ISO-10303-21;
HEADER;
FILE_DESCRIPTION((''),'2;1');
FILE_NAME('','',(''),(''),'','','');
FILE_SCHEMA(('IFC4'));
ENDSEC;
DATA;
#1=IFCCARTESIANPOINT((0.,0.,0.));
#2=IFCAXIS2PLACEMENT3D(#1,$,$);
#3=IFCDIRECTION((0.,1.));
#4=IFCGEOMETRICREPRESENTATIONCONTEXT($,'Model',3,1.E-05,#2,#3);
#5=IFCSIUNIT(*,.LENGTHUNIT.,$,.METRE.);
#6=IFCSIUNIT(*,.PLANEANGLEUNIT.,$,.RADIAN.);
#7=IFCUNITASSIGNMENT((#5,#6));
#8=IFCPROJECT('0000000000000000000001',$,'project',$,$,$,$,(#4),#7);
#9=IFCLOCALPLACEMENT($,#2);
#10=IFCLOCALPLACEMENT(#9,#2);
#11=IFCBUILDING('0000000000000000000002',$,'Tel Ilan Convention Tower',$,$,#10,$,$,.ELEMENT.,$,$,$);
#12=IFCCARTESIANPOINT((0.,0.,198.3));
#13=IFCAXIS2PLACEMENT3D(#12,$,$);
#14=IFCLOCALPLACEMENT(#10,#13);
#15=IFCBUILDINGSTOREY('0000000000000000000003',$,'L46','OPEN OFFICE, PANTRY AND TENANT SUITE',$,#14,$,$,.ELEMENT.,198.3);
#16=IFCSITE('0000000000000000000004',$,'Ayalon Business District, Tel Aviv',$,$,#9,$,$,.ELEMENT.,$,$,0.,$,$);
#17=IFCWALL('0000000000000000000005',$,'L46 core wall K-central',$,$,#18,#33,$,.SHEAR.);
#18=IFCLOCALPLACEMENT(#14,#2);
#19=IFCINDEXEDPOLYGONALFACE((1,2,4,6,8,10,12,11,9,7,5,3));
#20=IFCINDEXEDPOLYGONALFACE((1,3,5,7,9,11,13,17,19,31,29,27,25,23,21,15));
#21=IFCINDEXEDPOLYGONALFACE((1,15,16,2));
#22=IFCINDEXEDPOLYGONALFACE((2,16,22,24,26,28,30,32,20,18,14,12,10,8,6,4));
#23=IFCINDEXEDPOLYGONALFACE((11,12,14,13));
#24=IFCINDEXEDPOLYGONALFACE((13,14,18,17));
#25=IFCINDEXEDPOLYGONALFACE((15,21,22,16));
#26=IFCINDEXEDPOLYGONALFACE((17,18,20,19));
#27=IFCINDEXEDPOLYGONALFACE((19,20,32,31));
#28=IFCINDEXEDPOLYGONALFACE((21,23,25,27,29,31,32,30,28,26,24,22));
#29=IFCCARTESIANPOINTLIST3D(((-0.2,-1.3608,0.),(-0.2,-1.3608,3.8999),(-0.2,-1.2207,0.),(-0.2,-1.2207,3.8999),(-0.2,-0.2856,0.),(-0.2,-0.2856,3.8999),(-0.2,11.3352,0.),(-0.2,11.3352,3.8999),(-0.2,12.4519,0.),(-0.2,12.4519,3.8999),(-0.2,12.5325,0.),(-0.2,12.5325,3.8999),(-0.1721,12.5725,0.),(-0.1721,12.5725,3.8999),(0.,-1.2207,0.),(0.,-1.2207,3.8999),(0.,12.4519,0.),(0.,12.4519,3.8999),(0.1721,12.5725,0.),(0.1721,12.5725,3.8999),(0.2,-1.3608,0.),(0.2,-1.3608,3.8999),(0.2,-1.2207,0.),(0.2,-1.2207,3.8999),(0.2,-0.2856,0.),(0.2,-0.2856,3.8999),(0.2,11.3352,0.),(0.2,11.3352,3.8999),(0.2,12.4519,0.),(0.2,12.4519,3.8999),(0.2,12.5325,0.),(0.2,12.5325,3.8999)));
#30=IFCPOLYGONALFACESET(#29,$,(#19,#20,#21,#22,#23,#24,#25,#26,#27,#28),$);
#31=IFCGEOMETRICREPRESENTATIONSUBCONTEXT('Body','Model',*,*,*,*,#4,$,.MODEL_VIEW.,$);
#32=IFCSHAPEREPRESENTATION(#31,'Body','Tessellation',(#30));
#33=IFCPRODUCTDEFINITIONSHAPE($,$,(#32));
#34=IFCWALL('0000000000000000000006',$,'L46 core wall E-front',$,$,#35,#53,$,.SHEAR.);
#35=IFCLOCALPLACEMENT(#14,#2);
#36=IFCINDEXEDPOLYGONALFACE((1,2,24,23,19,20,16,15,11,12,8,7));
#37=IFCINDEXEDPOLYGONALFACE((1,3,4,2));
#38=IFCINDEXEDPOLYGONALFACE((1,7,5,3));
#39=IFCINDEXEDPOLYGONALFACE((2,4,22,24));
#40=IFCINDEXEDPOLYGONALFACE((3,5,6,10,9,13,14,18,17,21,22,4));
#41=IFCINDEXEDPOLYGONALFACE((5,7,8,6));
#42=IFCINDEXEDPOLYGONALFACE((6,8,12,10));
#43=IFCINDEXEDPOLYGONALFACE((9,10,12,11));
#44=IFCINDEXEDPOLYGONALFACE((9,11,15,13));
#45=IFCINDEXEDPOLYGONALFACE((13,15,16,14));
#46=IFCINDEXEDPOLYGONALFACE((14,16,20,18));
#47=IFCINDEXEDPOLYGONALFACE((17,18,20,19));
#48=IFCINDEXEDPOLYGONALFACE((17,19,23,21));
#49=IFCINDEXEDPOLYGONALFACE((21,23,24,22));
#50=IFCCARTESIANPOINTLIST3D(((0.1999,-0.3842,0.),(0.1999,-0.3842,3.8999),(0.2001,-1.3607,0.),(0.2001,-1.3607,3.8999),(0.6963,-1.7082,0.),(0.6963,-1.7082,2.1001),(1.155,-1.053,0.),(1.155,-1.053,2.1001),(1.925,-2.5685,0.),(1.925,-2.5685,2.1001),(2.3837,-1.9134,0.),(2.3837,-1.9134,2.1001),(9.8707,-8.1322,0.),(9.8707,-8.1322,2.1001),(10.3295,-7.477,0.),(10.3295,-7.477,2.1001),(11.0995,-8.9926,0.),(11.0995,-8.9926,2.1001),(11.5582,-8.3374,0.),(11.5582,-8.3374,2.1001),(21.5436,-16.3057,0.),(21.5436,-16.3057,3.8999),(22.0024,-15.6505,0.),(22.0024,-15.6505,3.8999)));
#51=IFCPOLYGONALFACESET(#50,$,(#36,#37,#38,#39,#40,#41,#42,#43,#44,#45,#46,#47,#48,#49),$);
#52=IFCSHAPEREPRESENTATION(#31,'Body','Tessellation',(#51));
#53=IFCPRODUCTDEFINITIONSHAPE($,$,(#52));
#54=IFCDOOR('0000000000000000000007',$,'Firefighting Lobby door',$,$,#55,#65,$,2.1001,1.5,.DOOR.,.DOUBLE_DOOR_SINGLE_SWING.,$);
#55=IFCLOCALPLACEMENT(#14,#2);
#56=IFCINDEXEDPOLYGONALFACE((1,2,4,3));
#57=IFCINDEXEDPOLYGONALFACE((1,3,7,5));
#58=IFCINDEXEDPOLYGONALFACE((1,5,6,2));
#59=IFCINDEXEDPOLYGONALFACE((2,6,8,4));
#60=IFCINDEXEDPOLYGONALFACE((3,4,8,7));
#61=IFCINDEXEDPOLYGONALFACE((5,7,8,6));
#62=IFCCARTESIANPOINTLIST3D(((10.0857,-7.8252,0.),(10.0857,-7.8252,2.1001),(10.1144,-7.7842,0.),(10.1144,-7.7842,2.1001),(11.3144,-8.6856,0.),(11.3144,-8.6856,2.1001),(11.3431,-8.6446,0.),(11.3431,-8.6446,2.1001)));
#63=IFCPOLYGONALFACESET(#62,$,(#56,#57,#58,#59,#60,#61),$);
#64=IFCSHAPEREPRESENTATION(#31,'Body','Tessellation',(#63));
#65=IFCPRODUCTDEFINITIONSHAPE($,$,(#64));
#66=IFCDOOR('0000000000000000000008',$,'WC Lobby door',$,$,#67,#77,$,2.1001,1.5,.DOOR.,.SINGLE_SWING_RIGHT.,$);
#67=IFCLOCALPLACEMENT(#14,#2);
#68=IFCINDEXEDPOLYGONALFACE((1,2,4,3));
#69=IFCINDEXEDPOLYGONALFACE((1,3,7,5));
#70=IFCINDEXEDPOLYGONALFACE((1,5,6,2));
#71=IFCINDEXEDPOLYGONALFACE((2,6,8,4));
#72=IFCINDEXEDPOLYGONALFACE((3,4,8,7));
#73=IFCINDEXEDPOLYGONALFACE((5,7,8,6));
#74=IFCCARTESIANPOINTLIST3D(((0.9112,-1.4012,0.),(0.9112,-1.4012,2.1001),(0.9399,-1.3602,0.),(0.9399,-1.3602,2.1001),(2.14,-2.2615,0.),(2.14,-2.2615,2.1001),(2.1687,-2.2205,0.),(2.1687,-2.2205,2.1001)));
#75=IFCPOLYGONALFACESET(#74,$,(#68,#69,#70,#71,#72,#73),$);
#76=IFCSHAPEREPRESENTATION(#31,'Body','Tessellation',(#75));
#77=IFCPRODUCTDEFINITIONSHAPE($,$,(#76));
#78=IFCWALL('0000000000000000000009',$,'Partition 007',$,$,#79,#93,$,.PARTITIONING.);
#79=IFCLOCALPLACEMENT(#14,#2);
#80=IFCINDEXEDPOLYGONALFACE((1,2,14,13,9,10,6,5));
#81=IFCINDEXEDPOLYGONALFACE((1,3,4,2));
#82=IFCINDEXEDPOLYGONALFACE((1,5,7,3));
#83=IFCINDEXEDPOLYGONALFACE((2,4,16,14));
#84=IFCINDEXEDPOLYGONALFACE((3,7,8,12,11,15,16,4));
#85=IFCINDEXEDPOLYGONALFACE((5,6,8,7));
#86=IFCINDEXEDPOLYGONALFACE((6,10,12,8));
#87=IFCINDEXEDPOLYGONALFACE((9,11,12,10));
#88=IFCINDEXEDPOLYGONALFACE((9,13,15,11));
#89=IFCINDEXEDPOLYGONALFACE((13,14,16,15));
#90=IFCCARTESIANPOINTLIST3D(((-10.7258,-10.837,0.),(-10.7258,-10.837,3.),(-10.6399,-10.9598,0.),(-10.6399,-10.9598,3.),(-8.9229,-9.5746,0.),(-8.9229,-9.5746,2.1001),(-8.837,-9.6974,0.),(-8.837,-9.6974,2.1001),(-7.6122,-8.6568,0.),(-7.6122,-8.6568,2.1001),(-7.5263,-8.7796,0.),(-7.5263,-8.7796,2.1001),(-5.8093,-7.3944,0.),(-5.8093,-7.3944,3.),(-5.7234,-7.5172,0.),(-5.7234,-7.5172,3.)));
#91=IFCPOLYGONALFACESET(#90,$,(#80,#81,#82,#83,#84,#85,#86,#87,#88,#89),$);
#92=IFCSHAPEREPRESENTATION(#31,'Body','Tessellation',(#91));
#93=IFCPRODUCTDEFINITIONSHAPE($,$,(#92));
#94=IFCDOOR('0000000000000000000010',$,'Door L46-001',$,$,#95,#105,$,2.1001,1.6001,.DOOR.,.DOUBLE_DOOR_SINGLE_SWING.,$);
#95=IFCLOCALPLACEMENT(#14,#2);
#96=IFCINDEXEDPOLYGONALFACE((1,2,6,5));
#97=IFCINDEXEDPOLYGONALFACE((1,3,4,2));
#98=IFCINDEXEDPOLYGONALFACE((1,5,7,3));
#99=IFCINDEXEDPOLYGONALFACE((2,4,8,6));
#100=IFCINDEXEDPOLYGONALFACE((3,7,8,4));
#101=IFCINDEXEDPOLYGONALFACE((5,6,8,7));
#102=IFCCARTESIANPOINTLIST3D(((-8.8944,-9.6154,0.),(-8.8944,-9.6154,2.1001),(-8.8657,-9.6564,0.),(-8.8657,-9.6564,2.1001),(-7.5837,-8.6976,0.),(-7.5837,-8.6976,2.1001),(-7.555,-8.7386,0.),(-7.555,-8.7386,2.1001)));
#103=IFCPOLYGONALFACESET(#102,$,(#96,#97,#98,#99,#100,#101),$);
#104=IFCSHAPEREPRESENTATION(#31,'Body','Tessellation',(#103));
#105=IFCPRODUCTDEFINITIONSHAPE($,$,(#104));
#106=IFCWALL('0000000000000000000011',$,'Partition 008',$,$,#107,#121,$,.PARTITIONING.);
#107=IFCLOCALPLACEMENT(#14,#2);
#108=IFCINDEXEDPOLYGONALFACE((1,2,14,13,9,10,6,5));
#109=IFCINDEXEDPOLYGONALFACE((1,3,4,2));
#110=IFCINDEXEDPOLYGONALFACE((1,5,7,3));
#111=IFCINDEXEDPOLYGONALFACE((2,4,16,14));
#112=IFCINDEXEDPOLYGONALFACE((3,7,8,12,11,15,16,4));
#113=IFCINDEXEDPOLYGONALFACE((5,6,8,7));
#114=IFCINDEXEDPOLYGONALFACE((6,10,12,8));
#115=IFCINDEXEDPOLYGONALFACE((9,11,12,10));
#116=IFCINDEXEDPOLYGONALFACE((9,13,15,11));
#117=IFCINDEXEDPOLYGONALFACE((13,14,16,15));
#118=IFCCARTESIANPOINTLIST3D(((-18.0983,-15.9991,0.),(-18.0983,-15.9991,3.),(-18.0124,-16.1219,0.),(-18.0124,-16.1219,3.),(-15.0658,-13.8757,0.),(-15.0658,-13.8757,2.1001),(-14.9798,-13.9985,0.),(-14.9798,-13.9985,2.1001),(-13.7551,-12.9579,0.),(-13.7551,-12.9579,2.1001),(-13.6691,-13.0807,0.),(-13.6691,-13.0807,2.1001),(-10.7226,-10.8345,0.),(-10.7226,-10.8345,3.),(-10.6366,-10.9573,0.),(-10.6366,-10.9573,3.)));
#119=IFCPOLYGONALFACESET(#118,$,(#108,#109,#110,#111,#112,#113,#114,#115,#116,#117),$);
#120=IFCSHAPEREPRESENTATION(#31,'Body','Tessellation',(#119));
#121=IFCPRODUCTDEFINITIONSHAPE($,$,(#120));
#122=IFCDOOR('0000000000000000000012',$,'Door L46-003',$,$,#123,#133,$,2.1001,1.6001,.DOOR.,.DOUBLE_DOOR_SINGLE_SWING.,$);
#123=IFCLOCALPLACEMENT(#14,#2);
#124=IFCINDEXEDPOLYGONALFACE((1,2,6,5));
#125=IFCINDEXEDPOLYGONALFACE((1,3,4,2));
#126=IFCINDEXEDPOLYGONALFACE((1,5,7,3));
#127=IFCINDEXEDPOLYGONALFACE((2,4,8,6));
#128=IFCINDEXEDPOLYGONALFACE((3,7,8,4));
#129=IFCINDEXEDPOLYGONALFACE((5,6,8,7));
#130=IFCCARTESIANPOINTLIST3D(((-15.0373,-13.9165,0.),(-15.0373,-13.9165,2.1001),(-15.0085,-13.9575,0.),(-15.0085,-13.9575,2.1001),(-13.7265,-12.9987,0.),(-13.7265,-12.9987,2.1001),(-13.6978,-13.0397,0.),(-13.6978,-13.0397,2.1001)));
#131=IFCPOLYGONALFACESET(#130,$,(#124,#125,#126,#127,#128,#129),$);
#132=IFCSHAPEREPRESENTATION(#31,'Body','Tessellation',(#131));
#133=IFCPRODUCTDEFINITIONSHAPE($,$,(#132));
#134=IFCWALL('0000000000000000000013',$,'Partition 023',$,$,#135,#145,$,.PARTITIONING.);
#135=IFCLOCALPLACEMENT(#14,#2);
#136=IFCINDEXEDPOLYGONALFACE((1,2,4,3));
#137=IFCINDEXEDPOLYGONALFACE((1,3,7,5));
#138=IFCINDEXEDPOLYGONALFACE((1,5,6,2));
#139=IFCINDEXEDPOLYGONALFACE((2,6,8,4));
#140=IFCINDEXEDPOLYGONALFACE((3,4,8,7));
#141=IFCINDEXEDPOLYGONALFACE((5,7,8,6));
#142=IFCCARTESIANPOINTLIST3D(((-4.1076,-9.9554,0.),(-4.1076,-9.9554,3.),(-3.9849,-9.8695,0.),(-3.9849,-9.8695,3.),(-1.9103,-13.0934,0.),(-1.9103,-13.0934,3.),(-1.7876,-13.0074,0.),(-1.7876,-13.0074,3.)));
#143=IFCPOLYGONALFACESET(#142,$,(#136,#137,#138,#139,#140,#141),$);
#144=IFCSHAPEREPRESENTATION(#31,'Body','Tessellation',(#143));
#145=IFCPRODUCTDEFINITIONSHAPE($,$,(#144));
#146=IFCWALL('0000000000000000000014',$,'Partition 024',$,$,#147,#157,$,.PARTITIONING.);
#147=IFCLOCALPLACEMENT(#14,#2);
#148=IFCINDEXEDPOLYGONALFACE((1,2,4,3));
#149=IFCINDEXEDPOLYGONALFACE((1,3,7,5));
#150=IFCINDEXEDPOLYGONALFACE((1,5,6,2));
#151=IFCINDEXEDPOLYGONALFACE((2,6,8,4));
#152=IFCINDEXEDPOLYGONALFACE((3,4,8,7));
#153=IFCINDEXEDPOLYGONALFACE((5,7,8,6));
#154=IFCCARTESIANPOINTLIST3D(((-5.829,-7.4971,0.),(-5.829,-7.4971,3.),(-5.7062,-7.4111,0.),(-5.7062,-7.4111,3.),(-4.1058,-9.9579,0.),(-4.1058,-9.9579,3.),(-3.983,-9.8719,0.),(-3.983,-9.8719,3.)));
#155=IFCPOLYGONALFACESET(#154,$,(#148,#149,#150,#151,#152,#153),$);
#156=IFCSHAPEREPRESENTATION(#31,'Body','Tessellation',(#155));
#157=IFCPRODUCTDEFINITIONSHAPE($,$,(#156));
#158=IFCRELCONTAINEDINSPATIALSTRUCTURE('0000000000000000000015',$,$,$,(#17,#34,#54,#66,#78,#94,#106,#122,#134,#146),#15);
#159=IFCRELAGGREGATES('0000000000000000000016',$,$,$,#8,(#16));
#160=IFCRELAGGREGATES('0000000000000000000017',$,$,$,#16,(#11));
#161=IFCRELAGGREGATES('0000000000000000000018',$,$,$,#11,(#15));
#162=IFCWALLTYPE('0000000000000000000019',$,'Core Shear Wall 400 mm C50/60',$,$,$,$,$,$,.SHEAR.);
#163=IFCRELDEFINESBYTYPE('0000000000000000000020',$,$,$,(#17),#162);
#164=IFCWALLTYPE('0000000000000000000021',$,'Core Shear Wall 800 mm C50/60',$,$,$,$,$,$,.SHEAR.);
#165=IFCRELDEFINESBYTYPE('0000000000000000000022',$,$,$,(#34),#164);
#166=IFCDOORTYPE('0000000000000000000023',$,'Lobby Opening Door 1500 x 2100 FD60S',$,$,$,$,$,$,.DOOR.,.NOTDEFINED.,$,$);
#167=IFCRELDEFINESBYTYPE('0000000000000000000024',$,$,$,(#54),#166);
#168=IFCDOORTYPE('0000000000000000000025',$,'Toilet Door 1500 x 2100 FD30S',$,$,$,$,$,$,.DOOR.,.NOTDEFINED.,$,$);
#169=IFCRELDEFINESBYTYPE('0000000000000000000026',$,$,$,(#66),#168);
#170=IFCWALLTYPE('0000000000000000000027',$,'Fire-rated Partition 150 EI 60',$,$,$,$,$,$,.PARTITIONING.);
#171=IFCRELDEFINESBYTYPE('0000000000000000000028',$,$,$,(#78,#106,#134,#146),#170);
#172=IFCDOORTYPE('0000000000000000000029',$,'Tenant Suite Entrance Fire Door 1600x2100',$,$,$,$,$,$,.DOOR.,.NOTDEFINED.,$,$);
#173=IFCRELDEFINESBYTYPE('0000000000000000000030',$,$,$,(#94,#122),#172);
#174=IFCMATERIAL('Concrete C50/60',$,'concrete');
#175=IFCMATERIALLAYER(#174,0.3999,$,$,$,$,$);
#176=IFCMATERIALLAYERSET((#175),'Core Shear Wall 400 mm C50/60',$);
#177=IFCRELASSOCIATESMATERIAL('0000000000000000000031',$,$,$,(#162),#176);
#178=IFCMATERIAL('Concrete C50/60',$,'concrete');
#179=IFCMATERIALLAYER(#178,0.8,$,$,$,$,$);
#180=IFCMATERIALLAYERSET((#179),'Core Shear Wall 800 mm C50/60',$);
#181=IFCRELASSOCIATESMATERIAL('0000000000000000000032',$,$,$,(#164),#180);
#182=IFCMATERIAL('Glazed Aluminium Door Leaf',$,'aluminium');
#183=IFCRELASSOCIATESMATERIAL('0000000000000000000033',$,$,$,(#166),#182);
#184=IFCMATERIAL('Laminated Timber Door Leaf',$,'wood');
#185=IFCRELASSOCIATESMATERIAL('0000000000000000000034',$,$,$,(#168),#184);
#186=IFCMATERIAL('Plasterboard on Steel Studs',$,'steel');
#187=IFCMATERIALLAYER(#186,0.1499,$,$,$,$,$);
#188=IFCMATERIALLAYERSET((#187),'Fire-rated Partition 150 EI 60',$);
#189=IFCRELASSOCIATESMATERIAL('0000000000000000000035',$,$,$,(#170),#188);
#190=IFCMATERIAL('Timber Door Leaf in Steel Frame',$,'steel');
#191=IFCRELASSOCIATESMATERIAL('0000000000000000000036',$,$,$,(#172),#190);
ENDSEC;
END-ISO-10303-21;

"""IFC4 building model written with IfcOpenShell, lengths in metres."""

from ifc_helpers import new_model, si_unit, direction, frame, frame_2d, origin, place, context, subcontext, project, spatial, polyline, rectangle, outline, extrude, material, layer, layer_set, type_object, element, fill, save


model = new_model("IFC4")

# Units and contexts
model_context = context("Model", 3, precision=1e-05, world=origin(), true_north=direction((0.0, 1.0)))
body_context = subcontext(model_context, "Body", "Model", "MODEL_VIEW")
ifc_project = project(units=[si_unit("LENGTHUNIT", "METRE"), si_unit("PLANEANGLEUNIT", "RADIAN")], contexts=[model_context])

# Site, building, storey
site_placement = place(None, origin())
site = spatial("IfcSite", under=ifc_project, at=site_placement, Name="Ayalon Business District, Tel Aviv", CompositionType="ELEMENT", RefElevation=0.0)
building_placement = place(site_placement, origin())
building = spatial("IfcBuilding", under=site, at=building_placement, Name="Tel Ilan Convention Tower", CompositionType="ELEMENT")
storey_placement = place(building_placement, frame((0.0, 0.0, 198.3)))
storey = spatial("IfcBuildingStorey", under=building, at=storey_placement, Name="L46", Description="OPEN OFFICE, PANTRY AND TENANT SUITE", CompositionType="ELEMENT", Elevation=198.3)

# Wall
ifc_material_1 = material(Name="Concrete C50/60", Category="concrete")
ifc_layer_1 = layer(ifc_material_1, 0.3999)
ifc_layer_set_1 = layer_set([ifc_layer_1], Name="Core Shear Wall 400 mm C50/60")
wall_type_1 = type_object("IfcWallType", Name="Core Shear Wall 400 mm C50/60", PredefinedType="SHEAR", material=ifc_layer_set_1)
wall_1_placement = place(storey_placement, frame((0.0, -1.3608, 0.0), z_axis=(0.0, 0.0, 1.0), x_axis=(0.0, 1.0, 0.0)))
element("IfcWall", 1, at=wall_1_placement, inside=storey, type_object=wall_type_1, Name="L46 core wall K-central", PredefinedType="SHEAR", context=body_context, shape_type="SweptSolid", body=[
    extrude(outline(polyline([(0.0, -0.2), (0.1401, -0.2), (1.0752, -0.2), (12.696, -0.2), (13.8127, -0.2), (13.8933, -0.2), (13.9333, -0.1721), (13.8127, 0.0), (13.9333, 0.1721), (13.8933, 0.2), (13.8127, 0.2), (12.696, 0.2), (1.0752, 0.2), (0.1401, 0.2), (0.0, 0.2), (0.1401, 0.0), (0.0, -0.2)])), origin(), (0.0, 0.0, 1.0), 3.8999),
])

# Wall, openings, doors
ifc_material_2 = material(Name="Concrete C50/60", Category="concrete")
ifc_layer_2 = layer(ifc_material_2, 0.8)
ifc_layer_set_2 = layer_set([ifc_layer_2], Name="Core Shear Wall 800 mm C50/60")
wall_type_2 = type_object("IfcWallType", Name="Core Shear Wall 800 mm C50/60", PredefinedType="SHEAR", material=ifc_layer_set_2)
wall_2_placement = place(storey_placement, frame((-0.0293, -0.7119, 0.0), z_axis=(0.0, 0.0, 1.0), x_axis=(0.819152, -0.573577, 0.0)))
wall_2 = element("IfcWall", 2, at=wall_2_placement, inside=storey, type_object=wall_type_2, Name="L46 core wall E-front", PredefinedType="SHEAR", context=body_context, shape_type="SweptSolid", body=[
    extrude(outline(polyline([(26.6157, 0.3999), (-0.0002, 0.3999), (0.5601, -0.3999), (26.6157, -0.3999), (26.6157, 0.3999)])), origin(), (0.0, 0.0, 1.0), 3.8999),
])
opening_1_placement = place(wall_2_placement, frame((1.1658, 0.0, 0.0)))
opening_1 = element("IfcOpeningElement", 3, at=opening_1_placement, cuts=wall_2, PredefinedType="OPENING", context=body_context, shape_type="SweptSolid", body=[
    extrude(rectangle(XDim=1.5, YDim=2.1001, at=frame_2d((0.75, 1.05))), frame((0.0, 0.4099, 0.0), z_axis=(0.0, -1.0, 0.0), x_axis=(1.0, 0.0, 0.0)), (0.0, 0.0, 1.0), 0.8201),
])
opening_2_placement = place(wall_2_placement, frame((12.3657, 0.0, 0.0)))
opening_2 = element("IfcOpeningElement", 4, at=opening_2_placement, cuts=wall_2, PredefinedType="OPENING", context=body_context, shape_type="SweptSolid", body=[
    extrude(rectangle(XDim=1.5, YDim=2.1001, at=frame_2d((0.75, 1.05))), frame((0.0, 0.4099, 0.0), z_axis=(0.0, -1.0, 0.0), x_axis=(1.0, 0.0, 0.0)), (0.0, 0.0, 1.0), 0.8201),
])
ifc_material_3 = material(Name="Glazed Aluminium Door Leaf", Category="aluminium")
door_type_1 = type_object("IfcDoorType", Name="Lobby Opening Door 1500 x 2100 FD60S", OperationType="NOTDEFINED", PredefinedType="DOOR", material=ifc_material_3)
door_1_placement = place(opening_2_placement, origin())
door_1 = element("IfcDoor", 5, at=door_1_placement, inside=storey, type_object=door_type_1, Name="Firefighting Lobby door", OperationType="DOUBLE_DOOR_SINGLE_SWING", OverallHeight=2.1001, OverallWidth=1.5, PredefinedType="DOOR", context=body_context, shape_type="SweptSolid", body=[
    extrude(rectangle(XDim=1.5, YDim=2.1001, at=frame_2d((0.75, 1.05))), frame((0.0, 0.0249, 0.0), z_axis=(0.0, -1.0, 0.0), x_axis=(1.0, 0.0, 0.0)), (0.0, 0.0, 1.0), 0.05),
])
fill(opening_2, door_1)
ifc_material_4 = material(Name="Laminated Timber Door Leaf", Category="wood")
door_type_2 = type_object("IfcDoorType", Name="Toilet Door 1500 x 2100 FD30S", OperationType="NOTDEFINED", PredefinedType="DOOR", material=ifc_material_4)
door_2_placement = place(opening_1_placement, origin())
door_2 = element("IfcDoor", 6, at=door_2_placement, inside=storey, type_object=door_type_2, Name="WC Lobby door", OperationType="SINGLE_SWING_RIGHT", OverallHeight=2.1001, OverallWidth=1.5, PredefinedType="DOOR", context=body_context, shape_type="SweptSolid", body=[
    extrude(rectangle(XDim=1.5, YDim=2.1001, at=frame_2d((0.75, 1.05))), frame((0.0, 0.0249, 0.0), z_axis=(0.0, -1.0, 0.0), x_axis=(1.0, 0.0, 0.0)), (0.0, 0.0, 1.0), 0.05),
])
fill(opening_1, door_2)

# Walls, openings, doors
ifc_material_5 = material(Name="Plasterboard on Steel Studs", Category="steel")
ifc_layer_3 = layer(ifc_material_5, 0.1499)
ifc_layer_set_3 = layer_set([ifc_layer_3], Name="Fire-rated Partition 150 EI 60")
wall_type_3 = type_object("IfcWallType", Name="Fire-rated Partition 150 EI 60", PredefinedType="PARTITIONING", material=ifc_layer_set_3)
wall_3_placement = place(storey_placement, frame((-5.7664, -7.4558, 0.0), z_axis=(0.0, 0.0, 1.0), x_axis=(-0.819148, -0.573582, 0.0)))
wall_3 = element("IfcWall", 7, at=wall_3_placement, inside=storey, type_object=wall_type_3, Name="Partition 007", PredefinedType="PARTITIONING", context=body_context, shape_type="SweptSolid", body=[
    extrude(rectangle(XDim=6.002, YDim=0.1499, at=frame_2d((3.001, 0.0))), origin(), (0.0, 0.0, 1.0), 3.0),
])
opening_3_placement = place(wall_3_placement, frame((2.2009, 0.0, 0.0)))
opening_3 = element("IfcOpeningElement", 8, at=opening_3_placement, cuts=wall_3, PredefinedType="OPENING", context=body_context, shape_type="SweptSolid", body=[
    extrude(rectangle(XDim=1.6001, YDim=2.1001, at=frame_2d((0.8, 1.05))), frame((0.0, 0.085, 0.0), z_axis=(0.0, -1.0, 0.0), x_axis=(1.0, 0.0, 0.0)), (0.0, 0.0, 1.0), 0.1699),
])
ifc_material_6 = material(Name="Timber Door Leaf in Steel Frame", Category="steel")
door_type_3 = type_object("IfcDoorType", Name="Tenant Suite Entrance Fire Door 1600x2100", OperationType="NOTDEFINED", PredefinedType="DOOR", material=ifc_material_6)
door_3_placement = place(opening_3_placement, origin())
door_3 = element("IfcDoor", 9, at=door_3_placement, inside=storey, type_object=door_type_3, Name="Door L46-001", OperationType="DOUBLE_DOOR_SINGLE_SWING", OverallHeight=2.1001, OverallWidth=1.6001, PredefinedType="DOOR", context=body_context, shape_type="SweptSolid", body=[
    extrude(rectangle(XDim=1.6001, YDim=2.1001, at=frame_2d((0.8, 1.05))), frame((0.0, 0.0249, 0.0), z_axis=(0.0, -1.0, 0.0), x_axis=(1.0, 0.0, 0.0)), (0.0, 0.0, 1.0), 0.05),
])
fill(opening_3, door_3)
wall_4_placement = place(storey_placement, frame((-10.6797, -10.896, 0.0), z_axis=(0.0, 0.0, 1.0), x_axis=(-0.819152, -0.573577, 0.0)))
wall_4 = element("IfcWall", 10, at=wall_4_placement, inside=storey, type_object=wall_type_3, Name="Partition 008", PredefinedType="PARTITIONING", context=body_context, shape_type="SweptSolid", body=[
    extrude(rectangle(XDim=9.0042, YDim=0.1499, at=frame_2d((4.502, 0.0))), origin(), (0.0, 0.0, 1.0), 3.0),
])
opening_4_placement = place(wall_4_placement, frame((3.7019, 0.0, 0.0)))
opening_4 = element("IfcOpeningElement", 11, at=opening_4_placement, cuts=wall_4, PredefinedType="OPENING", context=body_context, shape_type="SweptSolid", body=[
    extrude(rectangle(XDim=1.6001, YDim=2.1001, at=frame_2d((0.8, 1.05))), frame((0.0, 0.085, 0.0), z_axis=(0.0, -1.0, 0.0), x_axis=(1.0, 0.0, 0.0)), (0.0, 0.0, 1.0), 0.1699),
])
door_4_placement = place(opening_4_placement, origin())
door_4 = element("IfcDoor", 12, at=door_4_placement, inside=storey, type_object=door_type_3, Name="Door L46-003", OperationType="DOUBLE_DOOR_SINGLE_SWING", OverallHeight=2.1001, OverallWidth=1.6001, PredefinedType="DOOR", context=body_context, shape_type="SweptSolid", body=[
    extrude(rectangle(XDim=1.6001, YDim=2.1001, at=frame_2d((0.8, 1.05))), frame((0.0, 0.0249, 0.0), z_axis=(0.0, -1.0, 0.0), x_axis=(1.0, 0.0, 0.0)), (0.0, 0.0, 1.0), 0.05),
])
fill(opening_4, door_4)

# Walls
wall_5_placement = place(storey_placement, frame((-1.8489, -13.0505, 0.0), z_axis=(0.0, 0.0, 1.0), x_axis=(-0.573586, 0.819145, 0.0)))
element("IfcWall", 13, at=wall_5_placement, inside=storey, type_object=wall_type_3, Name="Partition 023", PredefinedType="PARTITIONING", context=body_context, shape_type="SweptSolid", body=[
    extrude(rectangle(XDim=3.8308, YDim=0.1499, at=frame_2d((1.9155, 0.0))), origin(), (0.0, 0.0, 1.0), 3.0),
])
wall_6_placement = place(storey_placement, frame((-4.0444, -9.9148, 0.0), z_axis=(0.0, 0.0, 1.0), x_axis=(-0.57361, 0.819129, 0.0)))
element("IfcWall", 14, at=wall_6_placement, inside=storey, type_object=wall_type_3, Name="Partition 024", PredefinedType="PARTITIONING", context=body_context, shape_type="SweptSolid", body=[
    extrude(rectangle(XDim=3.0042, YDim=0.1499, at=frame_2d((1.502, 0.0))), origin(), (0.0, 0.0, 1.0), 3.0),
])

save(model, "model.ifc")
